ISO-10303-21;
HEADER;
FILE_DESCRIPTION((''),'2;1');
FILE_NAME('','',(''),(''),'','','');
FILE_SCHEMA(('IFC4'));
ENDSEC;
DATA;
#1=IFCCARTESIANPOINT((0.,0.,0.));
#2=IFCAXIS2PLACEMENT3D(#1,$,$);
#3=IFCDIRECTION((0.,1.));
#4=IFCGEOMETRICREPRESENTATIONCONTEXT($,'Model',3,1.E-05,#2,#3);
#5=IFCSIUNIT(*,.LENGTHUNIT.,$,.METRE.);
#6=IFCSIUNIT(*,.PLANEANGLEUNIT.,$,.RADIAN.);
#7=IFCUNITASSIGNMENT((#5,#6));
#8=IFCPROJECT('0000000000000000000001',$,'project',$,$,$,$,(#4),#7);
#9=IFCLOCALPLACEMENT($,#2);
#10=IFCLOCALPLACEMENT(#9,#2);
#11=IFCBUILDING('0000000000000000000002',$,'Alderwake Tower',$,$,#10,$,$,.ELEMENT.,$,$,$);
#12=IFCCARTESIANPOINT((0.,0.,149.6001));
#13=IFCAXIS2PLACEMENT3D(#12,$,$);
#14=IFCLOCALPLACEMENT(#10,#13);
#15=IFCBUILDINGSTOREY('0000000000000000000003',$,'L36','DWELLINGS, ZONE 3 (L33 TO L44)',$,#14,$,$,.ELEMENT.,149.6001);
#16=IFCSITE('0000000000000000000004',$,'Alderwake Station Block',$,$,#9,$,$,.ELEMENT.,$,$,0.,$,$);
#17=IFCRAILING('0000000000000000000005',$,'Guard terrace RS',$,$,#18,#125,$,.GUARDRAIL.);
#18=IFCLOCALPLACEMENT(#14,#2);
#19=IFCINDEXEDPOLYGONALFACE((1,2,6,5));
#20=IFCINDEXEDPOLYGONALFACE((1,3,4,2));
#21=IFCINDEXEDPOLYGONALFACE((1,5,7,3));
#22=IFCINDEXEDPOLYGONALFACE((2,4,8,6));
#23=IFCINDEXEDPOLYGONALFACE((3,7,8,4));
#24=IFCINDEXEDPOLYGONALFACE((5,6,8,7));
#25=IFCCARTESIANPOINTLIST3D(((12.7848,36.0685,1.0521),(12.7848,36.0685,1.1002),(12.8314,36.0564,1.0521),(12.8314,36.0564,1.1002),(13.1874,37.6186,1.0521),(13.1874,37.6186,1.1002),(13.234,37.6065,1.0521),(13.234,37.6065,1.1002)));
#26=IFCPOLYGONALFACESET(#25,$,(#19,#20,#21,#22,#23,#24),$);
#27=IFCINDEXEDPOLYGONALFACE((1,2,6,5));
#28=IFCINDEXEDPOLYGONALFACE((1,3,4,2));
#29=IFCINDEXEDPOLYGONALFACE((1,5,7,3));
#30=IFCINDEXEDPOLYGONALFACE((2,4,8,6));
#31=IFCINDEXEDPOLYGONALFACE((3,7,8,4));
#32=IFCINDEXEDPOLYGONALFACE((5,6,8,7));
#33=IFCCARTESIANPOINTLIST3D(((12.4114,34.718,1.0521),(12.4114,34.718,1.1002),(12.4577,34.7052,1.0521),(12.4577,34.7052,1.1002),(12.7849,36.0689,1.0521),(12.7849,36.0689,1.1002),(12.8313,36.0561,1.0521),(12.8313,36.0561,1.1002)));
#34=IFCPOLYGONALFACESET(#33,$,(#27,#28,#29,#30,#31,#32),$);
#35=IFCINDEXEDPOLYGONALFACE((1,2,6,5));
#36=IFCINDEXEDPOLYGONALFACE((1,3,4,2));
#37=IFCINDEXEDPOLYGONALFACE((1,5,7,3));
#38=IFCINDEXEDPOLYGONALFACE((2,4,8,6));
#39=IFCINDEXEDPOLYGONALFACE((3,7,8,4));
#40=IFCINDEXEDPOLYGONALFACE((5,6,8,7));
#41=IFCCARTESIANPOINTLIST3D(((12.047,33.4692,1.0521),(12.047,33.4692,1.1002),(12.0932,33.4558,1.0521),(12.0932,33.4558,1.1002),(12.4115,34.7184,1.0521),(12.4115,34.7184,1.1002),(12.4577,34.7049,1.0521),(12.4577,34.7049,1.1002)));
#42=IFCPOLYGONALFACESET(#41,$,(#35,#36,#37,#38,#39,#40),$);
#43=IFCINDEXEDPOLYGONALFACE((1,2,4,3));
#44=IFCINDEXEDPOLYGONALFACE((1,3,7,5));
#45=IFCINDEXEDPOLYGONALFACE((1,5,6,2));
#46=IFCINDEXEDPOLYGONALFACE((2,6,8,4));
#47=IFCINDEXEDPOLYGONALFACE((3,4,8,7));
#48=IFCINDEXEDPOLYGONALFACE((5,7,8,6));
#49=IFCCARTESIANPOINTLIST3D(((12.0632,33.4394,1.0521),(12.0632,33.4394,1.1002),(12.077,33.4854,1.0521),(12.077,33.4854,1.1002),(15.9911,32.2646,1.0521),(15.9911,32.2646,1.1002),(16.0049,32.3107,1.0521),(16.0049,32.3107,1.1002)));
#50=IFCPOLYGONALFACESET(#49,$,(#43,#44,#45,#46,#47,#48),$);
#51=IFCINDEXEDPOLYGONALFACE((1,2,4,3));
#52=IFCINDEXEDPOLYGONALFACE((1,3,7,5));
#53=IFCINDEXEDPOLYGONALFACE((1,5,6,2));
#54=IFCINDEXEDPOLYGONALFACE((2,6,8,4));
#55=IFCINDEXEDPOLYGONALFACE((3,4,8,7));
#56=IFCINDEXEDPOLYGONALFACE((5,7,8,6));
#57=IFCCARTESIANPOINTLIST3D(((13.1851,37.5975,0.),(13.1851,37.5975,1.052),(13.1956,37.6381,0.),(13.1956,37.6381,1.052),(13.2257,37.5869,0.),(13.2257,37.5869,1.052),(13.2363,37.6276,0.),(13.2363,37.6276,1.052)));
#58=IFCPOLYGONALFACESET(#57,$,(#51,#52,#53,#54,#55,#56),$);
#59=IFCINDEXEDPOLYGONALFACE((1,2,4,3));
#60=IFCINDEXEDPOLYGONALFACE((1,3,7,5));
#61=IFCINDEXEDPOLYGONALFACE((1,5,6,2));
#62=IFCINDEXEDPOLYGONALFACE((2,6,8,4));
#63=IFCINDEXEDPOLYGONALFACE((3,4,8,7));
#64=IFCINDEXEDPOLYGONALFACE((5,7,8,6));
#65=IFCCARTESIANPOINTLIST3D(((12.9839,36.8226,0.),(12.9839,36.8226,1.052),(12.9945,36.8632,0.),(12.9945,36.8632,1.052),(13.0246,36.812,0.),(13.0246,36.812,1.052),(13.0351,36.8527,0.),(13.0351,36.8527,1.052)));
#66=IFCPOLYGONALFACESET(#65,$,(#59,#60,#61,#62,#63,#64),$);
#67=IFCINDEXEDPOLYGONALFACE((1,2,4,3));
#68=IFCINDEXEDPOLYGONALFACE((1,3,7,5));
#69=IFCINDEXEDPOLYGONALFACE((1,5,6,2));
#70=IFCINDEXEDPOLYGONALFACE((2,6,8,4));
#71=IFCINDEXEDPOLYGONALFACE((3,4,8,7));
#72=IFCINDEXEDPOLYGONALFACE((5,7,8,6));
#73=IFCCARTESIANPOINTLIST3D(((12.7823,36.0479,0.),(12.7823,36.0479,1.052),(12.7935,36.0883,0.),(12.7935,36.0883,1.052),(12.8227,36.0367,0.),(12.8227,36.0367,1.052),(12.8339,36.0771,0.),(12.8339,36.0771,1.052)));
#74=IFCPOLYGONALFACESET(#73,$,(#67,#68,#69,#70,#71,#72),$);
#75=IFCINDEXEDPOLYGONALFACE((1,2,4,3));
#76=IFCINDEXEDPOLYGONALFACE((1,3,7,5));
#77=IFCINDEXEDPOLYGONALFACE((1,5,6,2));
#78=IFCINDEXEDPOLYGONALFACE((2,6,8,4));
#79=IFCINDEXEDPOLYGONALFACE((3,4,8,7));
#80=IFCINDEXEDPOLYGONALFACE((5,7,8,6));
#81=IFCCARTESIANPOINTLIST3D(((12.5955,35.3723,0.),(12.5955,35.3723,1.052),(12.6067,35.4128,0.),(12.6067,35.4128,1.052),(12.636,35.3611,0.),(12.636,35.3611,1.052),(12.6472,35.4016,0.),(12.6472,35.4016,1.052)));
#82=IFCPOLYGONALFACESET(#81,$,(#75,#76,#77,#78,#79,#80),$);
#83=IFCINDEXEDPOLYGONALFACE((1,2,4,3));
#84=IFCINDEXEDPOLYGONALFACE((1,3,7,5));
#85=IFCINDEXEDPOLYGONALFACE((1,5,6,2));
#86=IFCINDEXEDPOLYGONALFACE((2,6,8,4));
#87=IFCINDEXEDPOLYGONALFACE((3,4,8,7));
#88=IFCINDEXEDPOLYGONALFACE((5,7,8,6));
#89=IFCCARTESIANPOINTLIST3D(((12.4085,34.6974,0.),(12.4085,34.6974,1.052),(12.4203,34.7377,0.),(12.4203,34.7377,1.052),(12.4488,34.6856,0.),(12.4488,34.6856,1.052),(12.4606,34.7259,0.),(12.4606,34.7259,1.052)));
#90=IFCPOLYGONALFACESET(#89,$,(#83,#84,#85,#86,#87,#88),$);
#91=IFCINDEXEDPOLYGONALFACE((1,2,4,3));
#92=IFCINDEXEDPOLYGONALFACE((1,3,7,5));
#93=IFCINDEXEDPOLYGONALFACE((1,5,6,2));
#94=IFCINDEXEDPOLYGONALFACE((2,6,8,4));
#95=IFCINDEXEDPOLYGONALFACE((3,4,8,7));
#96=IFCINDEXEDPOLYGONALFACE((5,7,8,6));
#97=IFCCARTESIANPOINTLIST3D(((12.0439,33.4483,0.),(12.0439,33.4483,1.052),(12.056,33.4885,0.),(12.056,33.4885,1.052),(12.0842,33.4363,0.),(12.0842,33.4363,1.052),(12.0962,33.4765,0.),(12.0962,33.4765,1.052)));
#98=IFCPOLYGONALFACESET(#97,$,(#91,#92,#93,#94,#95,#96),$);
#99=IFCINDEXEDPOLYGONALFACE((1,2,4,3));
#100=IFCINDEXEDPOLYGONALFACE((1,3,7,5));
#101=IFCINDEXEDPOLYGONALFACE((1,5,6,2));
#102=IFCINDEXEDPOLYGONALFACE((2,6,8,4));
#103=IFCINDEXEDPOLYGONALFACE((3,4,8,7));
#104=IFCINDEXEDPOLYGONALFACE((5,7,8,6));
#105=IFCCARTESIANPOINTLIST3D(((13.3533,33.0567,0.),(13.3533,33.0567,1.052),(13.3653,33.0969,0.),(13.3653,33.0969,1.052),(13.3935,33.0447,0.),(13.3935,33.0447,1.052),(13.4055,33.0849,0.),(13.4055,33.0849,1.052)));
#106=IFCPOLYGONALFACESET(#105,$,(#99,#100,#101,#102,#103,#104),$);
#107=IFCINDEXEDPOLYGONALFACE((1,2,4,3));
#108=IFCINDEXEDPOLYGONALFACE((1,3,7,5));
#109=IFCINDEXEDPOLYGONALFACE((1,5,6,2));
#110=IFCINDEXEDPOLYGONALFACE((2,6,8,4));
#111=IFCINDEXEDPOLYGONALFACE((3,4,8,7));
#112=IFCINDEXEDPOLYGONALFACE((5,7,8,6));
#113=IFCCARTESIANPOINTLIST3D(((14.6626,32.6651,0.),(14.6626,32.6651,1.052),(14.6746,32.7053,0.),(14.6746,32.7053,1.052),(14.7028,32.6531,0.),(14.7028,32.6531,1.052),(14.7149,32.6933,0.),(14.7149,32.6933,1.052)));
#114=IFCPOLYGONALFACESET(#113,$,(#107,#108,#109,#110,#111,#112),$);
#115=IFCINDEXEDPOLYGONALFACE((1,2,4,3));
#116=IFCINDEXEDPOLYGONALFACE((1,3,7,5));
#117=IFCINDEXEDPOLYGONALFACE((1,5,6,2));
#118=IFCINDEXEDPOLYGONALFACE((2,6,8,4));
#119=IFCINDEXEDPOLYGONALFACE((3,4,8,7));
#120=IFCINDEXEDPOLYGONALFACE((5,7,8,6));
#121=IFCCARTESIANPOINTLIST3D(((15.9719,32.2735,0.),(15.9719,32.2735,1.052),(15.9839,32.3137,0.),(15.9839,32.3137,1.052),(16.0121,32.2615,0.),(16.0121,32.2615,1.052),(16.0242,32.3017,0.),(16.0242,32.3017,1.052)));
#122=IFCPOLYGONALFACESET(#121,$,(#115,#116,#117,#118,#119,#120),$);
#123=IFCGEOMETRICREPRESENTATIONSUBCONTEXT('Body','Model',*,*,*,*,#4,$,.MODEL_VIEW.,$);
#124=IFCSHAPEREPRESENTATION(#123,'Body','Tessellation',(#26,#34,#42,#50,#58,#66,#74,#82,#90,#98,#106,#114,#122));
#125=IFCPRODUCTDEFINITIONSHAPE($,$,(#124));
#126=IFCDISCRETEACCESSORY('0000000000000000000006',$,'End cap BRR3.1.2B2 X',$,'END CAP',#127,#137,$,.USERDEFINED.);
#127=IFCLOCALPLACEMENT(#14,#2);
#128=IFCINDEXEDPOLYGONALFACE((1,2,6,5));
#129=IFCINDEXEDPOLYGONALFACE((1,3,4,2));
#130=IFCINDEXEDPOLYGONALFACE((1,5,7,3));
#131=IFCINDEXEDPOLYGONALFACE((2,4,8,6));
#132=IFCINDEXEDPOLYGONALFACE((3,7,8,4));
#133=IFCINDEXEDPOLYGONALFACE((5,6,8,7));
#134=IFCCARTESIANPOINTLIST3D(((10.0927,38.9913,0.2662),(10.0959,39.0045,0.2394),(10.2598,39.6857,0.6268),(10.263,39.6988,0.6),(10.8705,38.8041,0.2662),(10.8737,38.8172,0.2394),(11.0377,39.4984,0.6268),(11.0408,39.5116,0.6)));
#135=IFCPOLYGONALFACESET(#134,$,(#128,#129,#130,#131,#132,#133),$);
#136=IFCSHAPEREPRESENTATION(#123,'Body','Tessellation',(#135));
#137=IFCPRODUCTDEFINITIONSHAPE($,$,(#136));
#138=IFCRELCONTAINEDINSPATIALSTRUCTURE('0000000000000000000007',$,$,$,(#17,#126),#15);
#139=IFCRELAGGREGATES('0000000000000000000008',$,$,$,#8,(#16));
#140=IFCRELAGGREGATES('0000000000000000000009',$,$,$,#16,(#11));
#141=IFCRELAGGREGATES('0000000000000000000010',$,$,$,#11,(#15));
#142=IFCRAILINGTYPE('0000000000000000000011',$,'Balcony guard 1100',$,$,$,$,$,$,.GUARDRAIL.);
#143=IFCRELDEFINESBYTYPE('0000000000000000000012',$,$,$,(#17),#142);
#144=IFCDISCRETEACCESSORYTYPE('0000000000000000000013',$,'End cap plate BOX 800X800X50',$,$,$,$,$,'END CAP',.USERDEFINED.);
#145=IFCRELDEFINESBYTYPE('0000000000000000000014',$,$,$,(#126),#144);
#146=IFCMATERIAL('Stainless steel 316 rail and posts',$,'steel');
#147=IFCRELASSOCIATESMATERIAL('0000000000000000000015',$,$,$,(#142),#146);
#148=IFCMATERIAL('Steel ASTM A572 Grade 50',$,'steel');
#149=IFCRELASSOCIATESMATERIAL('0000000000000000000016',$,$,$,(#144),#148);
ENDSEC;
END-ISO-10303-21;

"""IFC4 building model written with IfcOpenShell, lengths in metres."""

from ifc_helpers import new_model, si_unit, direction, frame, origin, origin_2d, place, context, subcontext, project, spatial, rectangle, extrude, material, material_profile, profile_set, type_object, element, save


model = new_model("IFC4")

# Units and contexts
model_context = context("Model", 3, precision=1e-05, world=origin(), true_north=direction((0.0, 1.0)))
body_context = subcontext(model_context, "Body", "Model", "MODEL_VIEW")
ifc_project = project(units=[si_unit("LENGTHUNIT", "METRE"), si_unit("PLANEANGLEUNIT", "RADIAN")], contexts=[model_context])

# Site, building, storey
site_placement = place(None, origin())
site = spatial("IfcSite", under=ifc_project, at=site_placement, Name="Alderwake Station Block", CompositionType="ELEMENT", RefElevation=0.0)
building_placement = place(site_placement, origin())
building = spatial("IfcBuilding", under=site, at=building_placement, Name="Alderwake Tower", CompositionType="ELEMENT")
storey_placement = place(building_placement, frame((0.0, 0.0, 149.6001)))
storey = spatial("IfcBuildingStorey", under=building, at=storey_placement, Name="L36", Description="DWELLINGS, ZONE 3 (L33 TO L44)", CompositionType="ELEMENT", Elevation=149.6001)

# Railing
ifc_material_1 = material(Name="Stainless steel 316 rail and posts", Category="steel")
railing_type = type_object("IfcRailingType", Name="Balcony guard 1100", PredefinedType="GUARDRAIL", material=ifc_material_1)
railing_placement = place(storey_placement, frame((13.2107, 37.6125, 0.0)))
element("IfcRailing", 1, at=railing_placement, inside=storey, type_object=railing_type, Name="Guard terrace RS", PredefinedType="GUARDRAIL", context=body_context, shape_type="SweptSolid", body=[
    extrude(rectangle(XDim=0.0481, YDim=0.0481, at=origin_2d()), frame((0.0, 0.0, 1.0762), z_axis=(-0.251385, -0.967887, 0.0), x_axis=(0.967887, -0.251385, 0.0)), (0.0, 0.0, 1.0), 1.6016),
    extrude(rectangle(XDim=0.0481, YDim=0.0481, at=origin_2d()), frame((-0.4026, -1.55, 1.0762), z_axis=(-0.266521, -0.963829, 0.0), x_axis=(0.963829, -0.266521, 0.0)), (0.0, 0.0, 1.0), 1.4016),
    extrude(rectangle(XDim=0.0481, YDim=0.0481, at=origin_2d()), frame((-0.7761, -2.9009, 1.0762), z_axis=(-0.280094, -0.959973, 0.0), x_axis=(0.959973, -0.280094, 0.0)), (0.0, 0.0, 1.0), 1.3013),
    extrude(rectangle(XDim=0.0481, YDim=0.0481, at=origin_2d()), frame((-1.1406, -4.1501, 1.0762), z_axis=(0.958067, -0.286545, 0.0), x_axis=(0.286545, 0.958067, 0.0)), (0.0, 0.0, 1.0), 4.0999),
    extrude(rectangle(XDim=0.042, YDim=0.042, at=origin_2d()), frame((0.0, 0.0, 0.0), z_axis=(0.0, 0.0, 1.0), x_axis=(-0.251385, -0.967887, 0.0)), (0.0, 0.0, 1.0), 1.052),
    extrude(rectangle(XDim=0.042, YDim=0.042, at=origin_2d()), frame((-0.2012, -0.7749, 0.0), z_axis=(0.0, 0.0, 1.0), x_axis=(-0.251385, -0.967887, 0.0)), (0.0, 0.0, 1.0), 1.052),
    extrude(rectangle(XDim=0.042, YDim=0.042, at=origin_2d()), frame((-0.4026, -1.55, 0.0), z_axis=(0.0, 0.0, 1.0), x_axis=(-0.266521, -0.963829, 0.0)), (0.0, 0.0, 1.0), 1.052),
    extrude(rectangle(XDim=0.042, YDim=0.042, at=origin_2d()), frame((-0.5894, -2.2256, 0.0), z_axis=(0.0, 0.0, 1.0), x_axis=(-0.266521, -0.963829, 0.0)), (0.0, 0.0, 1.0), 1.052),
    extrude(rectangle(XDim=0.042, YDim=0.042, at=origin_2d()), frame((-0.7761, -2.9009, 0.0), z_axis=(0.0, 0.0, 1.0), x_axis=(-0.280094, -0.959973, 0.0)), (0.0, 0.0, 1.0), 1.052),
    extrude(rectangle(XDim=0.042, YDim=0.042, at=origin_2d()), frame((-1.1406, -4.1501, 0.0), z_axis=(0.0, 0.0, 1.0), x_axis=(0.958067, -0.286545, 0.0)), (0.0, 0.0, 1.0), 1.052),
    extrude(rectangle(XDim=0.042, YDim=0.042, at=origin_2d()), frame((0.1687, -4.5417, 0.0), z_axis=(0.0, 0.0, 1.0), x_axis=(0.958067, -0.286545, 0.0)), (0.0, 0.0, 1.0), 1.052),
    extrude(rectangle(XDim=0.042, YDim=0.042, at=origin_2d()), frame((1.478, -4.9333, 0.0), z_axis=(0.0, 0.0, 1.0), x_axis=(0.958067, -0.286545, 0.0)), (0.0, 0.0, 1.0), 1.052),
    extrude(rectangle(XDim=0.042, YDim=0.042, at=origin_2d()), frame((2.7874, -5.325, 0.0), z_axis=(0.0, 0.0, 1.0), x_axis=(0.958067, -0.286545, 0.0)), (0.0, 0.0, 1.0), 1.052),
])

# Discrete accessory
ifc_material_2 = material(Name="Steel ASTM A572 Grade 50", Category="steel")
ifc_material_profile_1 = material_profile(ifc_material_2, rectangle(XDim=0.8, YDim=0.8, at=origin_2d()), Name="BOX 800X800X50 cap")
ifc_profile_set_1 = profile_set([ifc_material_profile_1], Name="Steel ASTM A572 Grade 50")
discrete_accessory_type = type_object("IfcDiscreteAccessoryType", Name="End cap plate BOX 800X800X50", ElementType="END CAP", PredefinedType="USERDEFINED", material=ifc_profile_set_1)
discrete_accessory_placement = place(storey_placement, frame((10.5652, 39.2449, 0.4465), z_axis=(0.105496, 0.438214, -0.892658), x_axis=(-0.972224, 0.234054, 0.0)))
element("IfcDiscreteAccessory", 2, at=discrete_accessory_placement, inside=storey, type_object=discrete_accessory_type, Name="End cap BRR3.1.2B2 X", ObjectType="END CAP", PredefinedType="USERDEFINED", context=body_context, shape_type="SweptSolid", body=[
    extrude(rectangle(XDim=0.8, YDim=0.8, at=origin_2d()), origin(), (0.0, 0.0, 1.0), 0.03),
])

save(model, "model.ifc")
